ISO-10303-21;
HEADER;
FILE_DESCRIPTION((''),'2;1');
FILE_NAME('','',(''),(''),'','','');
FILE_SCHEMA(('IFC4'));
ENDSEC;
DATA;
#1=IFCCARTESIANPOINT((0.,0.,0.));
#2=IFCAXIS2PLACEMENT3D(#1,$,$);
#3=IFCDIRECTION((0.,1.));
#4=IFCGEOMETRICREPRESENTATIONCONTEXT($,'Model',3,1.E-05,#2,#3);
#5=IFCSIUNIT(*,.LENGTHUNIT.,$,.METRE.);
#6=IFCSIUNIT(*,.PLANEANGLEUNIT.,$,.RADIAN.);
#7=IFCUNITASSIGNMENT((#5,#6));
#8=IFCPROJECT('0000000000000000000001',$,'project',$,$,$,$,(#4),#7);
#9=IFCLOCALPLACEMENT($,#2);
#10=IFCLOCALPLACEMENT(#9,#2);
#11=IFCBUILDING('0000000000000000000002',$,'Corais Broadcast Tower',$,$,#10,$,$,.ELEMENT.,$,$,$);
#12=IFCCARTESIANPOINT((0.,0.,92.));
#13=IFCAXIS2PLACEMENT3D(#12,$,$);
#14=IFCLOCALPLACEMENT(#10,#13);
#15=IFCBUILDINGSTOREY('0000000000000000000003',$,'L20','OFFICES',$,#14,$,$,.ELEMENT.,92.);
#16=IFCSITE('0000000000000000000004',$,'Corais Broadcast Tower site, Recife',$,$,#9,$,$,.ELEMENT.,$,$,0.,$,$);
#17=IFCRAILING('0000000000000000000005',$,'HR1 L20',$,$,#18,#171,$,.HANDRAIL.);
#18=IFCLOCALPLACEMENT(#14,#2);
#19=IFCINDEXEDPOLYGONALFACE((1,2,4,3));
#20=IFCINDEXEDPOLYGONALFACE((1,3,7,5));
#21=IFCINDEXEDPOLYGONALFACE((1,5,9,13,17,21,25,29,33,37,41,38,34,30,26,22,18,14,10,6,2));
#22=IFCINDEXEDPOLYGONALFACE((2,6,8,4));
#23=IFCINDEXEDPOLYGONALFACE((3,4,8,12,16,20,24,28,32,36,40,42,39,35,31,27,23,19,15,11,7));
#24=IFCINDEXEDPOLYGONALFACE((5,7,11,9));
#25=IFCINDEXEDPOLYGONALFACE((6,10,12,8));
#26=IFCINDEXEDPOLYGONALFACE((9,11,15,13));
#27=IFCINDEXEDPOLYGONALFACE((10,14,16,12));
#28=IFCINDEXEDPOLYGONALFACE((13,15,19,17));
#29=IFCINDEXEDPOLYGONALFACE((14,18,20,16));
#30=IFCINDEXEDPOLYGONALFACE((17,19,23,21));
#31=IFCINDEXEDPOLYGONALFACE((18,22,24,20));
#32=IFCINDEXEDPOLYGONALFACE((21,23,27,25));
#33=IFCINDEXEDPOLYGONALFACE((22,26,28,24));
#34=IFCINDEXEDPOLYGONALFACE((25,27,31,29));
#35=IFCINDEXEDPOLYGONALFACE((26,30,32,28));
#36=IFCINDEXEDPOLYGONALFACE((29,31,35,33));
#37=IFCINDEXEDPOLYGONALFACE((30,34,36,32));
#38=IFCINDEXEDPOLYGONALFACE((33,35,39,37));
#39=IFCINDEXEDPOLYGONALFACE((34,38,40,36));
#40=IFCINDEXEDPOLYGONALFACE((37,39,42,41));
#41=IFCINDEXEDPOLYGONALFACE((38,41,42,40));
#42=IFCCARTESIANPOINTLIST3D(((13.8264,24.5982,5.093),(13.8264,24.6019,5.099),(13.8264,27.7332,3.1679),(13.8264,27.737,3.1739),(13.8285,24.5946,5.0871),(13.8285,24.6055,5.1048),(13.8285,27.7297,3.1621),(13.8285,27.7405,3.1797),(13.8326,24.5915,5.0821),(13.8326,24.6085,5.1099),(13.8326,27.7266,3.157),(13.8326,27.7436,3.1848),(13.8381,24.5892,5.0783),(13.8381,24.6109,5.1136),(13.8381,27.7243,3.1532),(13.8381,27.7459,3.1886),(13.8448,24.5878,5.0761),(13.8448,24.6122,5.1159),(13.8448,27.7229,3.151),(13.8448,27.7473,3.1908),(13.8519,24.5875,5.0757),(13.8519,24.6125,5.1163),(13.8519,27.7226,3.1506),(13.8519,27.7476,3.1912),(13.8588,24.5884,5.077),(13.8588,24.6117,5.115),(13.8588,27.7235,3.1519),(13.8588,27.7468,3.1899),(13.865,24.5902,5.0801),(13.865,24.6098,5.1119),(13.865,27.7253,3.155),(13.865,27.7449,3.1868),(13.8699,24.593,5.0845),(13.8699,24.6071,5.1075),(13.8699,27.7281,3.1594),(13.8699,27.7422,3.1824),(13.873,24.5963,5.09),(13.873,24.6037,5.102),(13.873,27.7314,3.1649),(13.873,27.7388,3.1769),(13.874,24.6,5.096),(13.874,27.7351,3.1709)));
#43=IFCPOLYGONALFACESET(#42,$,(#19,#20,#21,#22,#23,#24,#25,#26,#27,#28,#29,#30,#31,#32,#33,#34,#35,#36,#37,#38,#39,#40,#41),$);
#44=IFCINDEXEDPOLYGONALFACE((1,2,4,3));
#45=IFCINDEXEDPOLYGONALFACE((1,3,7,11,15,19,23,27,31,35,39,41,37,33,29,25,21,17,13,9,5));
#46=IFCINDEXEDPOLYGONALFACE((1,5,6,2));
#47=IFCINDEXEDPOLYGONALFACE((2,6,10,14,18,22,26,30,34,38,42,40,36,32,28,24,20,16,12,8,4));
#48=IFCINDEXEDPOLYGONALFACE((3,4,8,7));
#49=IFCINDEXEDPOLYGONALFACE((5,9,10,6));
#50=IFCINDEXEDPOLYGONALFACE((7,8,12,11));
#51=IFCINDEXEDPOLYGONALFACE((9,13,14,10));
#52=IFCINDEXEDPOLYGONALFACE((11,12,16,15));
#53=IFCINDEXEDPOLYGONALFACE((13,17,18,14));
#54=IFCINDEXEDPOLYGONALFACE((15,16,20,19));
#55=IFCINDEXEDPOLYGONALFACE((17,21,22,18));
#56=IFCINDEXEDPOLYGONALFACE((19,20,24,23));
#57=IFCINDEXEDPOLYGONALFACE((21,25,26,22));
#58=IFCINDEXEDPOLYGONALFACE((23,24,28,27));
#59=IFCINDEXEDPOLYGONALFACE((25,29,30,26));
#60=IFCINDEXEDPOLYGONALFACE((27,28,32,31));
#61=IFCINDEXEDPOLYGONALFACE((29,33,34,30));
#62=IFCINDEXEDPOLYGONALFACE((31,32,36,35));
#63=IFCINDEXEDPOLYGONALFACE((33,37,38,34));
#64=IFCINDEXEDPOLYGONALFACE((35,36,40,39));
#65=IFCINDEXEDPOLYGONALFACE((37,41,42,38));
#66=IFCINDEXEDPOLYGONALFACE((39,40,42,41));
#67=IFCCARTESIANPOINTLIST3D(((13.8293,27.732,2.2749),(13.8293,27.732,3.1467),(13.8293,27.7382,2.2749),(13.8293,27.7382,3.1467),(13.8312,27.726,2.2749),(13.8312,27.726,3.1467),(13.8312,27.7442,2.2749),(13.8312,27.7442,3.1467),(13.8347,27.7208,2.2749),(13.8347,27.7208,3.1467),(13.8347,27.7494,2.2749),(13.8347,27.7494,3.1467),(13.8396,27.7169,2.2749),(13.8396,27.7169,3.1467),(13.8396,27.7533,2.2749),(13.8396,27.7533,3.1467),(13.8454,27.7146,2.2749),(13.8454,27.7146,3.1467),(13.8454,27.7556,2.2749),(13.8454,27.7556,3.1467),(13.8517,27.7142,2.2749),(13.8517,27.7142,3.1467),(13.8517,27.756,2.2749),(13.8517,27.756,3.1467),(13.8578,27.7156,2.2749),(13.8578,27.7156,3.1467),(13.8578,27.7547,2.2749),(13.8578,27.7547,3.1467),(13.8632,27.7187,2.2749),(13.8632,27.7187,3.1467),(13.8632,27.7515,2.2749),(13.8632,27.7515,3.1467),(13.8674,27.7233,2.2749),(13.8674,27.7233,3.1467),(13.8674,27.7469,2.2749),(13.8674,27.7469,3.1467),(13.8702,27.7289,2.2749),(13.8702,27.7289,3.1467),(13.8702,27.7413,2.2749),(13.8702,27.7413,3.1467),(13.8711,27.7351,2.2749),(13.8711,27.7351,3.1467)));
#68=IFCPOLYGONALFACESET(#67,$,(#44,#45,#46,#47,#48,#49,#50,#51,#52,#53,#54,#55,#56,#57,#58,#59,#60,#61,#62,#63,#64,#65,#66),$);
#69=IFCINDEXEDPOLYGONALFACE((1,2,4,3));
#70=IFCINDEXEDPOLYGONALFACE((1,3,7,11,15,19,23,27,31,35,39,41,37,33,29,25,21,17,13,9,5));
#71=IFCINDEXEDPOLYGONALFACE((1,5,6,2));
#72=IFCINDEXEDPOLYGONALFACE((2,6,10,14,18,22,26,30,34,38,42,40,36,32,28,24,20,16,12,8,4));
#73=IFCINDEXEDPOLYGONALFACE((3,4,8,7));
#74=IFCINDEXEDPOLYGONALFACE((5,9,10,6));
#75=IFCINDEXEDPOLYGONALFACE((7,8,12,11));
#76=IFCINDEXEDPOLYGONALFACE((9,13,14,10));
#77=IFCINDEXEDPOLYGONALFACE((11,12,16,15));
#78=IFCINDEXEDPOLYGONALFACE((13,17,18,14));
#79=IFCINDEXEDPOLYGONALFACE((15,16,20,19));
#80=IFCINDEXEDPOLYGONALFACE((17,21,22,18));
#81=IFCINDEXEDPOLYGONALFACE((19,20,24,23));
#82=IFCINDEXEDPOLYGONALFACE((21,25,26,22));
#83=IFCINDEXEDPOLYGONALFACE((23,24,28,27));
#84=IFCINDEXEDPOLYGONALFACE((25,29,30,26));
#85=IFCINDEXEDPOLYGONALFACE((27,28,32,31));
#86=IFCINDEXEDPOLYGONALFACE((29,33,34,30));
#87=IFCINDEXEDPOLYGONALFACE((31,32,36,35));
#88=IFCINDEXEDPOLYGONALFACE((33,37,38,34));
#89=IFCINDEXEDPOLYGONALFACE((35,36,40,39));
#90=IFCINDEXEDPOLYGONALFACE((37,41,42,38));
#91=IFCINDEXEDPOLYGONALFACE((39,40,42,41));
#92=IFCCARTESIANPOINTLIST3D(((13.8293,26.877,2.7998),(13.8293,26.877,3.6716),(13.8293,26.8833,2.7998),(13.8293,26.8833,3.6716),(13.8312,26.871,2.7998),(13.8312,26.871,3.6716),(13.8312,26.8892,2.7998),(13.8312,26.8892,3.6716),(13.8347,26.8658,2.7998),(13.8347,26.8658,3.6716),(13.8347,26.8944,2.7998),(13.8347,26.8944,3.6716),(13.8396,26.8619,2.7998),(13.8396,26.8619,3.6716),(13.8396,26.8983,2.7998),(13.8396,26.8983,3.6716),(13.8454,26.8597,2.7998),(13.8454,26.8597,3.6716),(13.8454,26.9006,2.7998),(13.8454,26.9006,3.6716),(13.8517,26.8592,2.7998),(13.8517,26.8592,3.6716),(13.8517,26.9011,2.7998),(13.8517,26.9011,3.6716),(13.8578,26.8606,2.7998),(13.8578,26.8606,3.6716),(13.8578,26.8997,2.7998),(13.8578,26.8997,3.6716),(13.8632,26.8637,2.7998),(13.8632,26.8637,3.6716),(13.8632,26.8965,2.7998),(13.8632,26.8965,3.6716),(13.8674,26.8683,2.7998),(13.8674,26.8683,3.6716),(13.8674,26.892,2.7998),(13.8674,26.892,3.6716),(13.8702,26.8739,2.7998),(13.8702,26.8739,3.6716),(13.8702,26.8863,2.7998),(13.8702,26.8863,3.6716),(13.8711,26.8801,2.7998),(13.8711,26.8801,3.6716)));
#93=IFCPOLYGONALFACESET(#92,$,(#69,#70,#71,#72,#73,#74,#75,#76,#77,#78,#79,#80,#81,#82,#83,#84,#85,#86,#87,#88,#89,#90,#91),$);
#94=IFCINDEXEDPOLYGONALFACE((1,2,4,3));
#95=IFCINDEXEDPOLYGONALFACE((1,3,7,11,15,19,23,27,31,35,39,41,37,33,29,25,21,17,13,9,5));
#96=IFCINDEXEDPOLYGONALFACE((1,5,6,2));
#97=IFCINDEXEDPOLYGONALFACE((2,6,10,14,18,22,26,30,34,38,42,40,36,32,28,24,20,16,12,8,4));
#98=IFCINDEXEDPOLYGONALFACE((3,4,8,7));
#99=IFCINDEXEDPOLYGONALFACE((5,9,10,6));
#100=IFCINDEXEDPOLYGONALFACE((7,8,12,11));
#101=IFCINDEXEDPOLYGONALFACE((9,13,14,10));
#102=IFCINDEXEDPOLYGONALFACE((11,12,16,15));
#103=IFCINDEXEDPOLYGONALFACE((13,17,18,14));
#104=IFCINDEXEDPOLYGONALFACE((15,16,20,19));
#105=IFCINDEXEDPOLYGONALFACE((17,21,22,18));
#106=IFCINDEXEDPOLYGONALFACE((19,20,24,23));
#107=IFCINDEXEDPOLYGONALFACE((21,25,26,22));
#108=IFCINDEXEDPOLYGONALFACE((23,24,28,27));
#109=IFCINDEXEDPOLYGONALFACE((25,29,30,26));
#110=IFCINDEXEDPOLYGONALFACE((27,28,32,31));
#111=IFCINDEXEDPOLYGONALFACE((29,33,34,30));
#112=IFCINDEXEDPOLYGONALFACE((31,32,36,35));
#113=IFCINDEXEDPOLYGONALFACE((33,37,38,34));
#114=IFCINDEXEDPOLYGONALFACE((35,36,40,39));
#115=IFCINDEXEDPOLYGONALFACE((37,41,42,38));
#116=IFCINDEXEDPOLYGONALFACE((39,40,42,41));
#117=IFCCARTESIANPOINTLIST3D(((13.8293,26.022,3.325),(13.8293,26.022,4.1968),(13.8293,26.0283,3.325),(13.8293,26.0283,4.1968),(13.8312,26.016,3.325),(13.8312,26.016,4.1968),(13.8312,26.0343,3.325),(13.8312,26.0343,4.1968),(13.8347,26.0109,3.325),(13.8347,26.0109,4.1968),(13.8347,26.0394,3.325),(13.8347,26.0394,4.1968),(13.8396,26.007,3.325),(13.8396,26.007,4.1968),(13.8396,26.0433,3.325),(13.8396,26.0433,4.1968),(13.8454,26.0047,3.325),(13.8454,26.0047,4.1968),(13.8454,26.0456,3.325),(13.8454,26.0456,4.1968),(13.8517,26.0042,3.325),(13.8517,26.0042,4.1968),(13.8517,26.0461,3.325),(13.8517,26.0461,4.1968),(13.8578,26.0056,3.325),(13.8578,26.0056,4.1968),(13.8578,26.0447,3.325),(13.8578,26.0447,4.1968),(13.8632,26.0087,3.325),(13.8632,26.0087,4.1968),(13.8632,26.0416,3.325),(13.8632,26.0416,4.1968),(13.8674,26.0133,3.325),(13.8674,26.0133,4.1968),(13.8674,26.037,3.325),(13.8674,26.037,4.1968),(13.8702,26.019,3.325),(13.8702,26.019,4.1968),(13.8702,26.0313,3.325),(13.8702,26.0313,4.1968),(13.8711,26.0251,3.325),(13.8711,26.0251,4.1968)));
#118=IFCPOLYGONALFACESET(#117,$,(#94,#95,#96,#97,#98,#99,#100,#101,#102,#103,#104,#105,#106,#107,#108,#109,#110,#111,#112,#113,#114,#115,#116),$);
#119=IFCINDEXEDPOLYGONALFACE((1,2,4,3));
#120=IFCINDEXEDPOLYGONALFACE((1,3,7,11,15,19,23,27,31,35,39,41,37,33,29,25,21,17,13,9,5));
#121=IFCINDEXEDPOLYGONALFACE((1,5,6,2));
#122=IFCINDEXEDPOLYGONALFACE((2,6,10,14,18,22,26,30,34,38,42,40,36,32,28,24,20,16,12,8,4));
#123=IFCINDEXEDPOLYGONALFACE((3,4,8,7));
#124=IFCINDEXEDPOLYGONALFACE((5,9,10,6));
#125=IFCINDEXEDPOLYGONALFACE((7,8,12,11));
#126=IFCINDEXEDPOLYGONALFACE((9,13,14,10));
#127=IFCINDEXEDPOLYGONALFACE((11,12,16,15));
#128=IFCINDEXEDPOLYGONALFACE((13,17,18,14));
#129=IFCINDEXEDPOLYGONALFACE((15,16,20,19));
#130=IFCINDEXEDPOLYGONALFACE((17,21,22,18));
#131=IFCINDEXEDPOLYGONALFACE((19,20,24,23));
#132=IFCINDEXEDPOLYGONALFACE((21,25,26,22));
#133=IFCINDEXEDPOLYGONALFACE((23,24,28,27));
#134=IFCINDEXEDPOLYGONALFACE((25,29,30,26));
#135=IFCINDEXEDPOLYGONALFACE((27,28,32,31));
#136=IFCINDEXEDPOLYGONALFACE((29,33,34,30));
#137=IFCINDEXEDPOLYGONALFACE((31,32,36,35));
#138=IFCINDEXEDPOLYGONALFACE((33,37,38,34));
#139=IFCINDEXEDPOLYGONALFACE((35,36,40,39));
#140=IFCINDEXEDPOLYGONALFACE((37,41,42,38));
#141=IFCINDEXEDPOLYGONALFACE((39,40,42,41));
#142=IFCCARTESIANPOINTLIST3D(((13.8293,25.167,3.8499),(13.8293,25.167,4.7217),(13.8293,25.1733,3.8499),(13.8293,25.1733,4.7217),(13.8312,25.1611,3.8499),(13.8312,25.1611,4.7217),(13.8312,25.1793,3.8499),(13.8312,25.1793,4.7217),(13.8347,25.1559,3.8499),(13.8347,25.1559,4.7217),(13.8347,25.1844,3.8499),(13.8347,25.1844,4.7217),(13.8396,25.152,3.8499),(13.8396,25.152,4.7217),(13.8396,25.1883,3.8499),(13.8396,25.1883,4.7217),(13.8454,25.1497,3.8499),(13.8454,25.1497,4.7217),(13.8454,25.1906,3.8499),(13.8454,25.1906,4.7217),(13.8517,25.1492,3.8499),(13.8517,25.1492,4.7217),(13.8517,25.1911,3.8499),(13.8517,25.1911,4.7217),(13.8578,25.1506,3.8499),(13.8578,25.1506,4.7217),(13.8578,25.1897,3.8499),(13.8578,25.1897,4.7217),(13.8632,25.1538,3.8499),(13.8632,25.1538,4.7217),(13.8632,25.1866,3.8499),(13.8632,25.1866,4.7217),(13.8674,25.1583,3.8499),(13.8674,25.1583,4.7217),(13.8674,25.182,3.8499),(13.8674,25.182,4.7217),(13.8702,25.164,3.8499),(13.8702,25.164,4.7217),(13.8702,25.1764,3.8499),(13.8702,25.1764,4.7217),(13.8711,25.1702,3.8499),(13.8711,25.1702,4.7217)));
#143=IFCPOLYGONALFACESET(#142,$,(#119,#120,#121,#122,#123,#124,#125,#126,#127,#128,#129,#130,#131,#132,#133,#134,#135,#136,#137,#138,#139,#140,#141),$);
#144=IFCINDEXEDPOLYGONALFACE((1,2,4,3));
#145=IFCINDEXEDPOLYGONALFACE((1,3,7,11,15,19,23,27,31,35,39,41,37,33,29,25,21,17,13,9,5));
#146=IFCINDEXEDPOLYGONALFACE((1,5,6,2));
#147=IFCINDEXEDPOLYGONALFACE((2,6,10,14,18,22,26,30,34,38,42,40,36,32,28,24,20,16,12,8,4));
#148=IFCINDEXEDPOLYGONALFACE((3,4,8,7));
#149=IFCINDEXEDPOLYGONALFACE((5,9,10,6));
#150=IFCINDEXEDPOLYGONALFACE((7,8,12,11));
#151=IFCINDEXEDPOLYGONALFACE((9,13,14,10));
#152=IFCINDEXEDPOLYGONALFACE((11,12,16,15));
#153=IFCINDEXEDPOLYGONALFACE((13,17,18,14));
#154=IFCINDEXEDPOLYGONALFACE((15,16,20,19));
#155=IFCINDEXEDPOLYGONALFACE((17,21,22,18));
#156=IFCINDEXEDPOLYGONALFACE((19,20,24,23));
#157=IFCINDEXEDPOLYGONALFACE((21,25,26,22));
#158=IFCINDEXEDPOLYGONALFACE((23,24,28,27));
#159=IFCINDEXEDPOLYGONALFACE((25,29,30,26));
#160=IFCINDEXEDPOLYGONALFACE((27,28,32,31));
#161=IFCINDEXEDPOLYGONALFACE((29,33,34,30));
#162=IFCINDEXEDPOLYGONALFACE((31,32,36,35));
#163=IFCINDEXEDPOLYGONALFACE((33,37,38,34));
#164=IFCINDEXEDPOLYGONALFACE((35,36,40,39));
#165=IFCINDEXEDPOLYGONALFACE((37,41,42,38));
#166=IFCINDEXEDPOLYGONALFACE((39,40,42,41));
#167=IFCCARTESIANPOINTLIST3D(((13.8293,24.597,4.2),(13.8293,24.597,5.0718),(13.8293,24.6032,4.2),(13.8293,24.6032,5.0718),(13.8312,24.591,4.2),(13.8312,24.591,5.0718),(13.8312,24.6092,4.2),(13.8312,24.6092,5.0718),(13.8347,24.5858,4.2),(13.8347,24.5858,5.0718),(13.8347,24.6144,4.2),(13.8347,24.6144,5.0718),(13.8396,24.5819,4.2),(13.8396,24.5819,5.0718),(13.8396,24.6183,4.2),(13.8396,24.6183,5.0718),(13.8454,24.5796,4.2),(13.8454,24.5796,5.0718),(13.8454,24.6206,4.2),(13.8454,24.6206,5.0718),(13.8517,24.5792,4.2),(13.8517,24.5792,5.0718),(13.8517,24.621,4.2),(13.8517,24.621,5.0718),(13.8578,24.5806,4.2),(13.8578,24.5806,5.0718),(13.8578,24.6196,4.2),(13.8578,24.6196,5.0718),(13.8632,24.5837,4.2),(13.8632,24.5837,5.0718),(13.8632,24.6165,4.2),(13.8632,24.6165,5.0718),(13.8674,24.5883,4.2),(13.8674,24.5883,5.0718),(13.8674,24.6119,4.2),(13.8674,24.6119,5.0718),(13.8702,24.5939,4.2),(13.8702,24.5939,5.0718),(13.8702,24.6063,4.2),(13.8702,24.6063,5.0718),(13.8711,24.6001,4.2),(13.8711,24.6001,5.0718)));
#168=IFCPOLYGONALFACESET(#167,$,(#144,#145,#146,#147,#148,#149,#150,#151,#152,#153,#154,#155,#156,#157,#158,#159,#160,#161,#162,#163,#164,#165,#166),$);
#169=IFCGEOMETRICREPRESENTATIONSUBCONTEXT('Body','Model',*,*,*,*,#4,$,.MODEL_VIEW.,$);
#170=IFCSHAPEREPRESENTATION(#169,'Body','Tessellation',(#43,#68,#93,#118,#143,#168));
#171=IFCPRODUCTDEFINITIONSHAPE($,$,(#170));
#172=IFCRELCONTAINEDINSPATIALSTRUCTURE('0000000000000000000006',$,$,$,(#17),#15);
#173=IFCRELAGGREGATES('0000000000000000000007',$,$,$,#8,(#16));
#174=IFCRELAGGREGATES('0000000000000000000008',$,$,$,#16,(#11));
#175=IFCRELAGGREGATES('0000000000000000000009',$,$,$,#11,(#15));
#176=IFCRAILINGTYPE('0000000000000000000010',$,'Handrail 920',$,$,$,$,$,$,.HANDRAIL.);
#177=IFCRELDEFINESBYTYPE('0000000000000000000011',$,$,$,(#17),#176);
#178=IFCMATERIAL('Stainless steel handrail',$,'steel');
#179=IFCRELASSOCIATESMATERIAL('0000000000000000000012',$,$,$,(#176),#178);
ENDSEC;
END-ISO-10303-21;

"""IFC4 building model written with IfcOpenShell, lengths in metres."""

from ifc_helpers import new_model, si_unit, direction, frame, origin, origin_2d, place, context, subcontext, project, spatial, circle, extrude, material, type_object, element, save


model = new_model("IFC4")

# Units and contexts
model_context = context("Model", 3, precision=1e-05, world=origin(), true_north=direction((0.0, 1.0)))
body_context = subcontext(model_context, "Body", "Model", "MODEL_VIEW")
ifc_project = project(units=[si_unit("LENGTHUNIT", "METRE"), si_unit("PLANEANGLEUNIT", "RADIAN")], contexts=[model_context])

# Site, building, storey
site_placement = place(None, origin())
site = spatial("IfcSite", under=ifc_project, at=site_placement, Name="Corais Broadcast Tower site, Recife", CompositionType="ELEMENT", RefElevation=0.0)
building_placement = place(site_placement, origin())
building = spatial("IfcBuilding", under=site, at=building_placement, Name="Corais Broadcast Tower", CompositionType="ELEMENT")
storey_placement = place(building_placement, frame((0.0, 0.0, 92.0)))
storey = spatial("IfcBuildingStorey", under=building, at=storey_placement, Name="L20", Description="OFFICES", CompositionType="ELEMENT", Elevation=92.0)

# Railing
ifc_material_1 = material(Name="Stainless steel handrail", Category="steel")
railing_type = type_object("IfcRailingType", Name="Handrail 920", PredefinedType="HANDRAIL", material=ifc_material_1)
railing_placement = place(storey_placement, frame((13.8501, 27.7351, 2.2749)))
element("IfcRailing", 1, at=railing_placement, inside=storey, type_object=railing_type, Name="HR1 L20", PredefinedType="HANDRAIL", context=body_context, shape_type="SweptSolid", body=[
    extrude(circle(Radius=0.0239, at=origin_2d()), frame((0.0, 0.0, 0.896), z_axis=(0.0, -0.852166, 0.523271), x_axis=(1.0, 0.0, 0.0)), (0.0, 0.0, 1.0), 3.679),
    extrude(circle(Radius=0.021, at=origin_2d()), origin(), (0.0, 0.0, 1.0), 0.8718),
    extrude(circle(Radius=0.021, at=origin_2d()), frame((0.0, -0.855, 0.5249)), (0.0, 0.0, 1.0), 0.8718),
    extrude(circle(Radius=0.021, at=origin_2d()), frame((0.0, -1.71, 1.05)), (0.0, 0.0, 1.0), 0.8718),
    extrude(circle(Radius=0.021, at=origin_2d()), frame((0.0, -2.5649, 1.575)), (0.0, 0.0, 1.0), 0.8718),
    extrude(circle(Radius=0.021, at=origin_2d()), frame((0.0, -3.135, 1.925)), (0.0, 0.0, 1.0), 0.8718),
])

save(model, "model.ifc")
